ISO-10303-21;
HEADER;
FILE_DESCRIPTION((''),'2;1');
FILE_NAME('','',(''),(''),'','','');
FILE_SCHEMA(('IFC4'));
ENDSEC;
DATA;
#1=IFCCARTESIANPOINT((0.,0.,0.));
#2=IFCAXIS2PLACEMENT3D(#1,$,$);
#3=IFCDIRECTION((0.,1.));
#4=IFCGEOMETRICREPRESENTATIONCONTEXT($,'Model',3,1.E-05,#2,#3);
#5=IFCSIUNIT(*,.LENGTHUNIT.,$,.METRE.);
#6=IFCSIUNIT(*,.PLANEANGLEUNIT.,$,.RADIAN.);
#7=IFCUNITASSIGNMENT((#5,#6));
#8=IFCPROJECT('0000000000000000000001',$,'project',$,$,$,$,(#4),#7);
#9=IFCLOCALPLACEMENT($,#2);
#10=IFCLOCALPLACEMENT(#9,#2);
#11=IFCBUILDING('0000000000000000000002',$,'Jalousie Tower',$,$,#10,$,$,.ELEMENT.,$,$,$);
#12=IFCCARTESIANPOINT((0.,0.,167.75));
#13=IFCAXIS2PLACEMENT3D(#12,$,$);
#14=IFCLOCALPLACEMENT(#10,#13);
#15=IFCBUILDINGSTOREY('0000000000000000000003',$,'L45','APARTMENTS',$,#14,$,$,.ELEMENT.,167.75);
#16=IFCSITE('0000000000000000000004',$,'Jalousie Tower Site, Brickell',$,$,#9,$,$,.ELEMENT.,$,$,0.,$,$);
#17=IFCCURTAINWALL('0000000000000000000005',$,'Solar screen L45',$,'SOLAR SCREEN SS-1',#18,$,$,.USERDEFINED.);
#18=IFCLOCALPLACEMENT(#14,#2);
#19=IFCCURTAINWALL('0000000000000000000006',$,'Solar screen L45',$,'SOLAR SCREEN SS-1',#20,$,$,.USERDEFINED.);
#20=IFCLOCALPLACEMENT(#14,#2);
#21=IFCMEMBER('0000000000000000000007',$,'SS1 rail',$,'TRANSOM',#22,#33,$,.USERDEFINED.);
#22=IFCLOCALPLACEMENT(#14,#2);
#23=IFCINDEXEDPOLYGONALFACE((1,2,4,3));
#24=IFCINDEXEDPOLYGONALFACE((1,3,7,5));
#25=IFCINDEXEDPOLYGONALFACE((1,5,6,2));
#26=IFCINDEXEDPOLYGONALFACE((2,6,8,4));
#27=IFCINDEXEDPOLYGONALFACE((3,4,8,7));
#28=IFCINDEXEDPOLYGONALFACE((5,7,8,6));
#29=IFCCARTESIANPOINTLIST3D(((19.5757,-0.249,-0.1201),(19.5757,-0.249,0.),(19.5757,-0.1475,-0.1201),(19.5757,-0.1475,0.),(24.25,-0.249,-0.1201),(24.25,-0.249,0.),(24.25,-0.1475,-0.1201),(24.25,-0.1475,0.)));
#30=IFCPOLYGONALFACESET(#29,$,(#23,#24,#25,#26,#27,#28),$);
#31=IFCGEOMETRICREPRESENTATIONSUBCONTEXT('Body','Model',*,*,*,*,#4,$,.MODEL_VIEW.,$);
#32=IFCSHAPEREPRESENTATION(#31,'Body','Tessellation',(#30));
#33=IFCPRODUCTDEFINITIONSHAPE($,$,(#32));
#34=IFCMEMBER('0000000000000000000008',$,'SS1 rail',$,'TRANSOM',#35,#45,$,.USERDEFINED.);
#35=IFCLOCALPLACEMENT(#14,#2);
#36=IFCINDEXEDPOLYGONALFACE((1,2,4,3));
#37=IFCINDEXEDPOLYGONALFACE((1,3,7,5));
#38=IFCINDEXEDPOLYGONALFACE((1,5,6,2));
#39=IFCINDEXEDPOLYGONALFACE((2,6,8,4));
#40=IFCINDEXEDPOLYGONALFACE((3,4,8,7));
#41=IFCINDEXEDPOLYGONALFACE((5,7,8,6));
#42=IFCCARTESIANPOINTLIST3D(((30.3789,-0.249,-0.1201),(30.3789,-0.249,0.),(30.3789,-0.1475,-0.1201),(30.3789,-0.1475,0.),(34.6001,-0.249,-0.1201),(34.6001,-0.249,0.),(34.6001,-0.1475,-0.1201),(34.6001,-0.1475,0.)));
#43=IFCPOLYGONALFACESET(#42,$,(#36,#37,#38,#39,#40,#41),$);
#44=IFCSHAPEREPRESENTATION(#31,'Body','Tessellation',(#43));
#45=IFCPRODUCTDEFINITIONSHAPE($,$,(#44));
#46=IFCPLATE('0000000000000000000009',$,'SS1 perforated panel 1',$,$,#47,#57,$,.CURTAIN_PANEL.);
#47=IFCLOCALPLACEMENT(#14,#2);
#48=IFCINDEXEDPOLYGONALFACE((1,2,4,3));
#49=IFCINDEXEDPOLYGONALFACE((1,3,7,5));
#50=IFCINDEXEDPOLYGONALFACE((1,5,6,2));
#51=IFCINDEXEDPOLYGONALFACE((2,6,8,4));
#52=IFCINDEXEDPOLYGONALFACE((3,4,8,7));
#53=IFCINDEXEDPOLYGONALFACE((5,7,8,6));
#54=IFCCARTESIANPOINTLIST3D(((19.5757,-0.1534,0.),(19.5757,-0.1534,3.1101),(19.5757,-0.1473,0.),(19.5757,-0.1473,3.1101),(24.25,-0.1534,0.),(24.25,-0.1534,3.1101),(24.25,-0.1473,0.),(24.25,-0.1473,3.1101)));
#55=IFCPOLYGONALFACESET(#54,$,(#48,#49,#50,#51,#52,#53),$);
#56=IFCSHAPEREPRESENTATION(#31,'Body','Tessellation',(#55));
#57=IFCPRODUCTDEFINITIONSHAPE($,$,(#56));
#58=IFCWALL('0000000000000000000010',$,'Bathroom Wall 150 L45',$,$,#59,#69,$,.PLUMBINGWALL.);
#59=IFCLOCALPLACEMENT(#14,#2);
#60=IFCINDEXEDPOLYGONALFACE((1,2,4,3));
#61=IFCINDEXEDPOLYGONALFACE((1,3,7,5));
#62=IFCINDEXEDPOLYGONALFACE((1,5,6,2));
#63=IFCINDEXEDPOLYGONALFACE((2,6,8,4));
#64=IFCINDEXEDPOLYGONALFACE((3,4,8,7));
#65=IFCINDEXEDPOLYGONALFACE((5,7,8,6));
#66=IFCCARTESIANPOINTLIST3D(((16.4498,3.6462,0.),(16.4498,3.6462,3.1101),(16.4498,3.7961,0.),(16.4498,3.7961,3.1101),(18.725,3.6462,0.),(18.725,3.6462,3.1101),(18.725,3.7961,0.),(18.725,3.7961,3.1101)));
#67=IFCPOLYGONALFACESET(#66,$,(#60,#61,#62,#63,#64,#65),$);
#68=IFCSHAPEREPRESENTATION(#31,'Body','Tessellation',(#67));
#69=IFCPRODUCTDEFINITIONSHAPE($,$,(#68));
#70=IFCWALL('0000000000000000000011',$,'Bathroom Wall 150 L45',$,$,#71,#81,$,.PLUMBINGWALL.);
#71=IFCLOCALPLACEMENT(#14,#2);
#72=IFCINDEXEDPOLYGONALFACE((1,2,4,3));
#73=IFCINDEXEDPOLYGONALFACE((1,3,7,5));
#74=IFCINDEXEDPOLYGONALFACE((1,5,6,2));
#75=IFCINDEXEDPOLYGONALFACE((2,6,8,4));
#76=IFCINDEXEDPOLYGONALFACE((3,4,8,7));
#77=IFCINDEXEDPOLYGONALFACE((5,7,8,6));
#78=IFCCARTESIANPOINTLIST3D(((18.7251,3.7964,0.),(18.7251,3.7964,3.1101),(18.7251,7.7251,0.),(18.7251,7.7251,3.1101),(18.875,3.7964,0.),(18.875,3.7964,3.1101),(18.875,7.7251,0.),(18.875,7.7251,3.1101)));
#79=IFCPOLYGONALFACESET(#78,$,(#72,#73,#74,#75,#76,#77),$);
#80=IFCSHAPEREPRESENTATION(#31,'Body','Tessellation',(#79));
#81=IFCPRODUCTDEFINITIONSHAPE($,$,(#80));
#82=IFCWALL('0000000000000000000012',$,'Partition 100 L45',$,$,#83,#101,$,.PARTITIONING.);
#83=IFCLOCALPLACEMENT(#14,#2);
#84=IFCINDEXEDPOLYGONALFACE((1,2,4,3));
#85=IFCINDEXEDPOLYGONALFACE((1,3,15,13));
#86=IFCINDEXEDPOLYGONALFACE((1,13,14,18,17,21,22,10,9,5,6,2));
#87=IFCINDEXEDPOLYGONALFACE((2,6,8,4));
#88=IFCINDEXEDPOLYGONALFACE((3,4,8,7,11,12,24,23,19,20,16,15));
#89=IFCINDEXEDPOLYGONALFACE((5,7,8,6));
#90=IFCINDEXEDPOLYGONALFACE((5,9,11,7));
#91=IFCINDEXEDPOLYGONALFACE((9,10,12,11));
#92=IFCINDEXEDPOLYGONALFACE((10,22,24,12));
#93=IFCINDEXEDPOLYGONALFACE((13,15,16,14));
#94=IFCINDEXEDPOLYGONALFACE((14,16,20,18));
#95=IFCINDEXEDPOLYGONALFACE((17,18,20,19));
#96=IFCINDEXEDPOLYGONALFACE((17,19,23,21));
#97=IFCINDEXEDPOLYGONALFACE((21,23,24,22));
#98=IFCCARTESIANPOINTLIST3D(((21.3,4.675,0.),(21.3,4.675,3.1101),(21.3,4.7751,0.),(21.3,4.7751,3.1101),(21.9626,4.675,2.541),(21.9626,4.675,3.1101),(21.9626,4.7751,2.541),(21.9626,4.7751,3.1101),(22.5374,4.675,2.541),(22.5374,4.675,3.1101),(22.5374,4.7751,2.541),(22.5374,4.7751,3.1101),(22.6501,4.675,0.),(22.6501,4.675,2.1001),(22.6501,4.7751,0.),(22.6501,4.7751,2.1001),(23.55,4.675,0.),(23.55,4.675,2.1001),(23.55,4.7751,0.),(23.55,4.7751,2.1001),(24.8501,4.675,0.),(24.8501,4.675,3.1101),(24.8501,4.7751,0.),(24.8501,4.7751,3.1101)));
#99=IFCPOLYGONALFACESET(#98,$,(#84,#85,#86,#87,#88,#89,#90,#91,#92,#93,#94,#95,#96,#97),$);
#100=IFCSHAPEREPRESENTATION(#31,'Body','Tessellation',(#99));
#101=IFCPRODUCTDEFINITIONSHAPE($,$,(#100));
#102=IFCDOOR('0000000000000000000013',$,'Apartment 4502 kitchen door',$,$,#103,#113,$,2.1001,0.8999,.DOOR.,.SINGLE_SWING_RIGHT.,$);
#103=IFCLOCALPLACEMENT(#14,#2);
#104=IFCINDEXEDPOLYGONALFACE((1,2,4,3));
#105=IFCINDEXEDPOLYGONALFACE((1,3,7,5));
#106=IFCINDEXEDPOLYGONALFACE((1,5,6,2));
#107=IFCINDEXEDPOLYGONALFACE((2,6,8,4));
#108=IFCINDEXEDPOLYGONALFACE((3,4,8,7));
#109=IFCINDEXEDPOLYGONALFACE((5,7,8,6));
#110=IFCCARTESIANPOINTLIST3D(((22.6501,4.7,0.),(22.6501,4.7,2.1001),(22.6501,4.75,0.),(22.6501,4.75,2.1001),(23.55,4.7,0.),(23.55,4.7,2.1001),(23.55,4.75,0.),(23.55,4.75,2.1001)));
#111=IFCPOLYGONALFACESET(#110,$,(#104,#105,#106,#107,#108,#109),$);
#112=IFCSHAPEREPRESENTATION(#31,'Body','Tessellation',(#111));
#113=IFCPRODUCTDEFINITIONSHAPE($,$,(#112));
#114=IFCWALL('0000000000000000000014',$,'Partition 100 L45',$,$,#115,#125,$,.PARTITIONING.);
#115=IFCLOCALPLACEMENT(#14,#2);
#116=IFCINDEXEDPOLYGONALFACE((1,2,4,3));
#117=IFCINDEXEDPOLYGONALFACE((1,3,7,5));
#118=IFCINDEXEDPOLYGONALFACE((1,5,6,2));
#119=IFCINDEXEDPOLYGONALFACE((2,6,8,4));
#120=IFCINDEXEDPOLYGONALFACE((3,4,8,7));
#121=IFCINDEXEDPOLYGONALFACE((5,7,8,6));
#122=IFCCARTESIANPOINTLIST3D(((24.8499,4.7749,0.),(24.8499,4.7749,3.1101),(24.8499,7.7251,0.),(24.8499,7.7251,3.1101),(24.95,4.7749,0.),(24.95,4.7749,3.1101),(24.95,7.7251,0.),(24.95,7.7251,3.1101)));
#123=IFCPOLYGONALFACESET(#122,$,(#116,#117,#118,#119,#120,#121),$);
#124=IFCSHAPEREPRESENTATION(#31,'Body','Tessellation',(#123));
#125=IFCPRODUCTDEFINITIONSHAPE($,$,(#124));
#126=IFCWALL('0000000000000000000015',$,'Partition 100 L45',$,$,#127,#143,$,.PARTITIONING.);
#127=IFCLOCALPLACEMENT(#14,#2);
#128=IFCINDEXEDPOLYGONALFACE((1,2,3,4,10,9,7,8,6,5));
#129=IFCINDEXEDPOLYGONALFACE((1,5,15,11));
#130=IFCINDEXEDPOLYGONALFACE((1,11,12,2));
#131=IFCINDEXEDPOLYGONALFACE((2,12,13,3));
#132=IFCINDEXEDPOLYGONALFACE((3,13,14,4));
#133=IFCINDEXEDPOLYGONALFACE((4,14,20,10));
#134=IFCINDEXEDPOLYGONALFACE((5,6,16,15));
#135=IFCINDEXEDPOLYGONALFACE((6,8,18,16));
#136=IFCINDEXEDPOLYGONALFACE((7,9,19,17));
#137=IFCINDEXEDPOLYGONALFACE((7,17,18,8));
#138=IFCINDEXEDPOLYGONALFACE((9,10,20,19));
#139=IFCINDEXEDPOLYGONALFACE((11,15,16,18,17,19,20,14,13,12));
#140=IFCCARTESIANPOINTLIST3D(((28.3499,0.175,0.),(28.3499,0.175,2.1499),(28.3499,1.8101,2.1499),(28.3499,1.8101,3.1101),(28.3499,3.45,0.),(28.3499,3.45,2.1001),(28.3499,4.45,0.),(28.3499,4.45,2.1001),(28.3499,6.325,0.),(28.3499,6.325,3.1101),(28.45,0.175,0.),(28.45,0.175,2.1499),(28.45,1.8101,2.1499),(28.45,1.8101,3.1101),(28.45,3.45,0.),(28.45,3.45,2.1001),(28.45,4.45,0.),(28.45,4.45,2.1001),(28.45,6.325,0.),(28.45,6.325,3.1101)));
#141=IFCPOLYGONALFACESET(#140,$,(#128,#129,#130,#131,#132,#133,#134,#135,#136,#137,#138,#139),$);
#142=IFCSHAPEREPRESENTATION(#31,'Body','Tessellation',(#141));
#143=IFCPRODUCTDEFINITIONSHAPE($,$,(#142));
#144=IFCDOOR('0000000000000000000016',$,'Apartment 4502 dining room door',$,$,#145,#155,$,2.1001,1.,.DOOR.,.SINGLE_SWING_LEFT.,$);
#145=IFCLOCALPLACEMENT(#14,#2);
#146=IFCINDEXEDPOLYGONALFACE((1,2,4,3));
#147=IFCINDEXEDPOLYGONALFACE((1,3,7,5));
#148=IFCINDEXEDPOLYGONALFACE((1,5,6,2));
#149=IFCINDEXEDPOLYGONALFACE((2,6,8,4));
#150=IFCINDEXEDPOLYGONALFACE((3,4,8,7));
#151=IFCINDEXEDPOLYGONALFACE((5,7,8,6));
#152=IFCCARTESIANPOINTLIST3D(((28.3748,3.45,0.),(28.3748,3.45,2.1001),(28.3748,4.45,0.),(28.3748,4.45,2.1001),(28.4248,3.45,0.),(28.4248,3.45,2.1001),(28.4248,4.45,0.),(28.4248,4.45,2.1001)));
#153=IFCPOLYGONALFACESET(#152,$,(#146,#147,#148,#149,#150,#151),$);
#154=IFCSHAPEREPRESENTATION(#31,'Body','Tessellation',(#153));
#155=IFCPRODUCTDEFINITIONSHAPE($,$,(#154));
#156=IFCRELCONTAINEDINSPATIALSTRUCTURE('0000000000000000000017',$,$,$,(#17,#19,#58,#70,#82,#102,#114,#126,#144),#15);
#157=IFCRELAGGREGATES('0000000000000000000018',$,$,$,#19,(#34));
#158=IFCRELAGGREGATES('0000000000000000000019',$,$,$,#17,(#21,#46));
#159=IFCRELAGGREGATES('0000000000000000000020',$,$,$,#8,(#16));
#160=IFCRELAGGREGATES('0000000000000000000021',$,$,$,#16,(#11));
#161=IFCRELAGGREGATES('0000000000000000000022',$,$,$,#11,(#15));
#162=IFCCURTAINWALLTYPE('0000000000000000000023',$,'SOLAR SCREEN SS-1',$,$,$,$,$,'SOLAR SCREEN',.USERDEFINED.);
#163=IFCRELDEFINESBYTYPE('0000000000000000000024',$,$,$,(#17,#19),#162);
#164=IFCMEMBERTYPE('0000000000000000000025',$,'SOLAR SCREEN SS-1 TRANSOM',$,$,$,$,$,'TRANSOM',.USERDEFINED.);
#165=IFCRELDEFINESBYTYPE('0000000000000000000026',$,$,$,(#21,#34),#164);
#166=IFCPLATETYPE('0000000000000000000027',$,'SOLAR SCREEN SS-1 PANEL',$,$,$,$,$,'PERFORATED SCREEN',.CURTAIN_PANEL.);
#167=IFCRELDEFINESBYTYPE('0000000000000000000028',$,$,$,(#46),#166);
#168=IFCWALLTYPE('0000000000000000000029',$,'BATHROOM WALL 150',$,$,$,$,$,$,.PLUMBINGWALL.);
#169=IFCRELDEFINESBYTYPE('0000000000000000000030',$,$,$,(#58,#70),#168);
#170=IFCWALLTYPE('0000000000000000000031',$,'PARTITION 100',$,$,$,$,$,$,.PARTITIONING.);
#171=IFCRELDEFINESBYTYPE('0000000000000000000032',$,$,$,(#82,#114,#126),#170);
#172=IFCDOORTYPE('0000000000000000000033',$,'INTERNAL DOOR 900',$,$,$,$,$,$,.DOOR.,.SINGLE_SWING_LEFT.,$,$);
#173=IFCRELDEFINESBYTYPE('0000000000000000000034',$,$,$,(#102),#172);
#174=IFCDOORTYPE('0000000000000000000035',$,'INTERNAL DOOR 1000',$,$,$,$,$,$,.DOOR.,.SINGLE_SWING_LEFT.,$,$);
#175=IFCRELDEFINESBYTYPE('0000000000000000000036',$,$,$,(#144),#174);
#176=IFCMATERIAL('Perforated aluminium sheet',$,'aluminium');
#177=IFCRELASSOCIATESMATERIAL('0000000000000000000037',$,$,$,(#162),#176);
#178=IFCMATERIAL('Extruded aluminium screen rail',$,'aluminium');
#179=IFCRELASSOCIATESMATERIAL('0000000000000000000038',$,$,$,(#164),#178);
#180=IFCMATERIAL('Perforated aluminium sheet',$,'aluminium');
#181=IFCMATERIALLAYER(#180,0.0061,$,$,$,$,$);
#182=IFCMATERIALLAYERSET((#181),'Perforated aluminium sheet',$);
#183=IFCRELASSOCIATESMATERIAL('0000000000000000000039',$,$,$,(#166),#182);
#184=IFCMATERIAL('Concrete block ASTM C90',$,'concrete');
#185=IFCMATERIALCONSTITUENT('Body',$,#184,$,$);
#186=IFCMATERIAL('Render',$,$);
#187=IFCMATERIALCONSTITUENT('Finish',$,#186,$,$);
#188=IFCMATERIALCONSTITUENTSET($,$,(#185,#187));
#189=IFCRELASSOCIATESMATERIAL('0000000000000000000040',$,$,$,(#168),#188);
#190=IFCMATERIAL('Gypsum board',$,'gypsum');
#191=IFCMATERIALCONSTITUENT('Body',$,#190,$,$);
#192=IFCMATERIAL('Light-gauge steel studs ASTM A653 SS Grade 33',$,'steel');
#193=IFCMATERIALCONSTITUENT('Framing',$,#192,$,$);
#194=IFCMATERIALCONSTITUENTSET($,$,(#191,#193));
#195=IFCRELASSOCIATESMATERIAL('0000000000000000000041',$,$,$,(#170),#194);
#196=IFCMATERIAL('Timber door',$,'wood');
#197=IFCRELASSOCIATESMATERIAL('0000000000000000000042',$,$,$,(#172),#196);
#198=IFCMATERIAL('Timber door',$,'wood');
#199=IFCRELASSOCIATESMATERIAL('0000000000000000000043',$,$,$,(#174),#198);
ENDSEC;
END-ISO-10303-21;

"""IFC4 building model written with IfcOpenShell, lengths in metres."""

from ifc_helpers import new_model, si_unit, direction, frame, frame_2d, origin, origin_2d, place, context, subcontext, project, spatial, polyline, rectangle, outline, extrude, material, layer, layer_set, constituent, constituent_set, material_profile, profile_set, type_object, element, fill, aggregate, save


model = new_model("IFC4")

# Units and contexts
model_context = context("Model", 3, precision=1e-05, world=origin(), true_north=direction((0.0, 1.0)))
body_context = subcontext(model_context, "Body", "Model", "MODEL_VIEW")
ifc_project = project(units=[si_unit("LENGTHUNIT", "METRE"), si_unit("PLANEANGLEUNIT", "RADIAN")], contexts=[model_context])

# Site, building, storey
site_placement = place(None, origin())
site = spatial("IfcSite", under=ifc_project, at=site_placement, Name="Jalousie Tower Site, Brickell", CompositionType="ELEMENT", RefElevation=0.0)
building_placement = place(site_placement, origin())
building = spatial("IfcBuilding", under=site, at=building_placement, Name="Jalousie Tower", CompositionType="ELEMENT")
storey_placement = place(building_placement, frame((0.0, 0.0, 167.75)))
storey = spatial("IfcBuildingStorey", under=building, at=storey_placement, Name="L45", Description="APARTMENTS", CompositionType="ELEMENT", Elevation=167.75)

# Curtain wall
ifc_material_1 = material(Name="Perforated aluminium sheet", Category="aluminium")
curtain_wall_type = type_object("IfcCurtainWallType", Name="SOLAR SCREEN SS-1", ElementType="SOLAR SCREEN", PredefinedType="USERDEFINED", material=ifc_material_1)
curtain_wall_1_placement = place(storey_placement, origin())
curtain_wall_1 = element("IfcCurtainWall", 1, at=curtain_wall_1_placement, inside=storey, type_object=curtain_wall_type, Name="Solar screen L45", ObjectType="SOLAR SCREEN SS-1", PredefinedType="USERDEFINED")

# Curtain wall
curtain_wall_2_placement = place(storey_placement, origin())
curtain_wall_2 = element("IfcCurtainWall", 2, at=curtain_wall_2_placement, inside=storey, type_object=curtain_wall_type, Name="Solar screen L45", ObjectType="SOLAR SCREEN SS-1", PredefinedType="USERDEFINED")

# Members
ifc_material_2 = material(Name="Extruded aluminium screen rail", Category="aluminium")
ifc_material_profile_1 = material_profile(ifc_material_2, rectangle(XDim=0.1016, YDim=0.1201, at=origin_2d()), Name="RAIL 102x120")
ifc_profile_set_1 = profile_set([ifc_material_profile_1], Name="Extruded aluminium screen rail")
member_type_1 = type_object("IfcMemberType", Name="SOLAR SCREEN SS-1 TRANSOM", ElementType="TRANSOM", PredefinedType="USERDEFINED", material=ifc_profile_set_1)
member_1_placement = place(storey_placement, frame((19.5757, -0.1982, -0.0601), z_axis=(1.0, 0.0, 0.0), x_axis=(0.0, 1.0, 0.0)))
member_1 = element("IfcMember", 3, at=member_1_placement, type_object=member_type_1, Name="SS1 rail", ObjectType="TRANSOM", PredefinedType="USERDEFINED", context=body_context, shape_type="SweptSolid", body=[
    extrude(rectangle(XDim=0.1016, YDim=0.1201, at=origin_2d()), origin(), (0.0, 0.0, 1.0), 4.6743),
])
member_2_placement = place(storey_placement, frame((30.3789, -0.1982, -0.0601), z_axis=(1.0, 0.0, 0.0), x_axis=(0.0, 1.0, 0.0)))
member_2 = element("IfcMember", 4, at=member_2_placement, type_object=member_type_1, Name="SS1 rail", ObjectType="TRANSOM", PredefinedType="USERDEFINED", context=body_context, shape_type="SweptSolid", body=[
    extrude(rectangle(XDim=0.1016, YDim=0.1201, at=origin_2d()), origin(), (0.0, 0.0, 1.0), 4.2212),
])
aggregate(curtain_wall_2, [member_2])

# Plate
ifc_material_3 = material(Name="Perforated aluminium sheet", Category="aluminium")
ifc_layer_1 = layer(ifc_material_3, 0.0061)
ifc_layer_set_1 = layer_set([ifc_layer_1], Name="Perforated aluminium sheet")
plate_type = type_object("IfcPlateType", Name="SOLAR SCREEN SS-1 PANEL", ElementType="PERFORATED SCREEN", PredefinedType="CURTAIN_PANEL", material=ifc_layer_set_1)
plate_placement = place(storey_placement, frame((21.9128, -0.1504, 0.0), z_axis=(0.0, 0.0, 1.0), x_axis=(1.0, 0.0, 0.0)))
plate = element("IfcPlate", 5, at=plate_placement, type_object=plate_type, Name="SS1 perforated panel 1", PredefinedType="CURTAIN_PANEL", context=body_context, shape_type="SweptSolid", body=[
    extrude(rectangle(XDim=4.6743, YDim=0.0061, at=origin_2d()), origin(), (0.0, 0.0, 1.0), 3.1101),
])
aggregate(curtain_wall_1, [member_1, plate])

# Walls
ifc_material_4 = material(Name="Concrete block ASTM C90", Category="concrete")
ifc_constituent_1 = constituent(ifc_material_4, Name="Body")
ifc_material_5 = material(Name="Render")
ifc_constituent_2 = constituent(ifc_material_5, Name="Finish")
ifc_constituent_set_1 = constituent_set(constituents=[ifc_constituent_1, ifc_constituent_2])
wall_type_1 = type_object("IfcWallType", Name="BATHROOM WALL 150", PredefinedType="PLUMBINGWALL", material=ifc_constituent_set_1)
wall_1_placement = place(storey_placement, frame((18.7251, 3.7212, 0.0), z_axis=(0.0, 0.0, 1.0), x_axis=(-1.0, 0.0, 0.0)))
element("IfcWall", 6, at=wall_1_placement, inside=storey, type_object=wall_type_1, Name="Bathroom Wall 150 L45", PredefinedType="PLUMBINGWALL", context=body_context, shape_type="SweptSolid", body=[
    extrude(rectangle(XDim=2.2751, YDim=0.1499, at=frame_2d((1.1377, 0.0))), origin(), (0.0, 0.0, 1.0), 3.1101),
])
wall_2_placement = place(storey_placement, frame((18.8, 3.7964, 0.0), z_axis=(0.0, 0.0, 1.0), x_axis=(0.0, 1.0, 0.0)))
element("IfcWall", 7, at=wall_2_placement, inside=storey, type_object=wall_type_1, Name="Bathroom Wall 150 L45", PredefinedType="PLUMBINGWALL", context=body_context, shape_type="SweptSolid", body=[
    extrude(rectangle(XDim=3.9287, YDim=0.1499, at=frame_2d((1.9644, 0.0))), origin(), (0.0, 0.0, 1.0), 3.1101),
])

# Wall, opening, door
ifc_material_6 = material(Name="Gypsum board", Category="gypsum")
ifc_constituent_3 = constituent(ifc_material_6, Name="Body")
ifc_material_7 = material(Name="Light-gauge steel studs ASTM A653 SS Grade 33", Category="steel")
ifc_constituent_4 = constituent(ifc_material_7, Name="Framing")
ifc_constituent_set_2 = constituent_set(constituents=[ifc_constituent_3, ifc_constituent_4])
wall_type_2 = type_object("IfcWallType", Name="PARTITION 100", PredefinedType="PARTITIONING", material=ifc_constituent_set_2)
wall_3_placement = place(storey_placement, frame((21.3, 4.7251, 0.0), z_axis=(0.0, 0.0, 1.0), x_axis=(1.0, 0.0, 0.0)))
wall_3 = element("IfcWall", 8, at=wall_3_placement, inside=storey, type_object=wall_type_2, Name="Partition 100 L45", PredefinedType="PARTITIONING", context=body_context, shape_type="SweptSolid", body=[
    extrude(outline(polyline([(0.0, 0.0), (3.55, 0.0), (3.55, 3.1101), (1.2373, 3.1101), (1.2373, 2.541), (0.6626, 2.541), (0.6626, 3.1101), (0.0, 3.1101), (0.0, 0.0)])), frame((0.0, 0.05, 0.0), z_axis=(0.0, -1.0, 0.0), x_axis=(1.0, 0.0, 0.0)), (0.0, 0.0, 1.0), 0.1001),
])
opening_1_placement = place(wall_3_placement, frame((1.3501, 0.0, 0.0)))
opening_1 = element("IfcOpeningElement", 9, at=opening_1_placement, cuts=wall_3, PredefinedType="OPENING", context=body_context, shape_type="SweptSolid", body=[
    extrude(rectangle(XDim=0.8999, YDim=2.1001, at=frame_2d((0.45, 1.05))), frame((0.0, 0.0601, 0.0), z_axis=(0.0, -1.0, 0.0), x_axis=(1.0, 0.0, 0.0)), (0.0, 0.0, 1.0), 0.1201),
])
ifc_material_8 = material(Name="Timber door", Category="wood")
door_type_1 = type_object("IfcDoorType", Name="INTERNAL DOOR 900", OperationType="SINGLE_SWING_LEFT", PredefinedType="DOOR", material=ifc_material_8)
door_1_placement = place(opening_1_placement, origin())
door_1 = element("IfcDoor", 10, at=door_1_placement, inside=storey, type_object=door_type_1, Name="Apartment 4502 kitchen door", OperationType="SINGLE_SWING_RIGHT", OverallHeight=2.1001, OverallWidth=0.8999, PredefinedType="DOOR", context=body_context, shape_type="SweptSolid", body=[
    extrude(rectangle(XDim=0.8999, YDim=2.1001, at=frame_2d((0.45, 1.05))), frame((0.0, 0.0249, 0.0), z_axis=(0.0, -1.0, 0.0), x_axis=(1.0, 0.0, 0.0)), (0.0, 0.0, 1.0), 0.05),
])
fill(opening_1, door_1)

# Wall
wall_4_placement = place(storey_placement, frame((24.8999, 4.7749, 0.0), z_axis=(0.0, 0.0, 1.0), x_axis=(0.0, 1.0, 0.0)))
element("IfcWall", 11, at=wall_4_placement, inside=storey, type_object=wall_type_2, Name="Partition 100 L45", PredefinedType="PARTITIONING", context=body_context, shape_type="SweptSolid", body=[
    extrude(rectangle(XDim=2.9502, YDim=0.1001, at=frame_2d((1.4751, 0.0))), origin(), (0.0, 0.0, 1.0), 3.1101),
])

# Wall, opening, door
wall_5_placement = place(storey_placement, frame((28.3999, 0.175, 0.0), z_axis=(0.0, 0.0, 1.0), x_axis=(0.0, 1.0, 0.0)))
wall_5 = element("IfcWall", 12, at=wall_5_placement, inside=storey, type_object=wall_type_2, Name="Partition 100 L45", PredefinedType="PARTITIONING", context=body_context, shape_type="SweptSolid", body=[
    extrude(outline(polyline([(0.0, 0.0), (6.1499, 0.0), (6.1499, 3.1101), (1.635, 3.1101), (1.635, 2.1499), (0.0, 2.1499), (0.0, 3.1101), (0.0, 0.0)])), frame((0.0, 0.05, 0.0), z_axis=(0.0, -1.0, 0.0), x_axis=(1.0, 0.0, 0.0)), (0.0, 0.0, 1.0), 0.1001),
])
opening_2_placement = place(wall_5_placement, frame((3.2749, 0.0, 0.0)))
opening_2 = element("IfcOpeningElement", 13, at=opening_2_placement, cuts=wall_5, PredefinedType="OPENING", context=body_context, shape_type="SweptSolid", body=[
    extrude(rectangle(XDim=1.0, YDim=2.1001, at=frame_2d((0.5, 1.05))), frame((0.0, 0.0601, 0.0), z_axis=(0.0, -1.0, 0.0), x_axis=(1.0, 0.0, 0.0)), (0.0, 0.0, 1.0), 0.1201),
])
ifc_material_9 = material(Name="Timber door", Category="wood")
door_type_2 = type_object("IfcDoorType", Name="INTERNAL DOOR 1000", OperationType="SINGLE_SWING_LEFT", PredefinedType="DOOR", material=ifc_material_9)
door_2_placement = place(opening_2_placement, frame((1.0, 0.0, 0.0), z_axis=(0.0, 0.0, 1.0), x_axis=(-1.0, 0.0, 0.0)))
door_2 = element("IfcDoor", 14, at=door_2_placement, inside=storey, type_object=door_type_2, Name="Apartment 4502 dining room door", OperationType="SINGLE_SWING_LEFT", OverallHeight=2.1001, OverallWidth=1.0, PredefinedType="DOOR", context=body_context, shape_type="SweptSolid", body=[
    extrude(rectangle(XDim=1.0, YDim=2.1001, at=frame_2d((0.5, 1.05))), frame((0.0, 0.0249, 0.0), z_axis=(0.0, -1.0, 0.0), x_axis=(1.0, 0.0, 0.0)), (0.0, 0.0, 1.0), 0.05),
])
fill(opening_2, door_2)

save(model, "model.ifc")
